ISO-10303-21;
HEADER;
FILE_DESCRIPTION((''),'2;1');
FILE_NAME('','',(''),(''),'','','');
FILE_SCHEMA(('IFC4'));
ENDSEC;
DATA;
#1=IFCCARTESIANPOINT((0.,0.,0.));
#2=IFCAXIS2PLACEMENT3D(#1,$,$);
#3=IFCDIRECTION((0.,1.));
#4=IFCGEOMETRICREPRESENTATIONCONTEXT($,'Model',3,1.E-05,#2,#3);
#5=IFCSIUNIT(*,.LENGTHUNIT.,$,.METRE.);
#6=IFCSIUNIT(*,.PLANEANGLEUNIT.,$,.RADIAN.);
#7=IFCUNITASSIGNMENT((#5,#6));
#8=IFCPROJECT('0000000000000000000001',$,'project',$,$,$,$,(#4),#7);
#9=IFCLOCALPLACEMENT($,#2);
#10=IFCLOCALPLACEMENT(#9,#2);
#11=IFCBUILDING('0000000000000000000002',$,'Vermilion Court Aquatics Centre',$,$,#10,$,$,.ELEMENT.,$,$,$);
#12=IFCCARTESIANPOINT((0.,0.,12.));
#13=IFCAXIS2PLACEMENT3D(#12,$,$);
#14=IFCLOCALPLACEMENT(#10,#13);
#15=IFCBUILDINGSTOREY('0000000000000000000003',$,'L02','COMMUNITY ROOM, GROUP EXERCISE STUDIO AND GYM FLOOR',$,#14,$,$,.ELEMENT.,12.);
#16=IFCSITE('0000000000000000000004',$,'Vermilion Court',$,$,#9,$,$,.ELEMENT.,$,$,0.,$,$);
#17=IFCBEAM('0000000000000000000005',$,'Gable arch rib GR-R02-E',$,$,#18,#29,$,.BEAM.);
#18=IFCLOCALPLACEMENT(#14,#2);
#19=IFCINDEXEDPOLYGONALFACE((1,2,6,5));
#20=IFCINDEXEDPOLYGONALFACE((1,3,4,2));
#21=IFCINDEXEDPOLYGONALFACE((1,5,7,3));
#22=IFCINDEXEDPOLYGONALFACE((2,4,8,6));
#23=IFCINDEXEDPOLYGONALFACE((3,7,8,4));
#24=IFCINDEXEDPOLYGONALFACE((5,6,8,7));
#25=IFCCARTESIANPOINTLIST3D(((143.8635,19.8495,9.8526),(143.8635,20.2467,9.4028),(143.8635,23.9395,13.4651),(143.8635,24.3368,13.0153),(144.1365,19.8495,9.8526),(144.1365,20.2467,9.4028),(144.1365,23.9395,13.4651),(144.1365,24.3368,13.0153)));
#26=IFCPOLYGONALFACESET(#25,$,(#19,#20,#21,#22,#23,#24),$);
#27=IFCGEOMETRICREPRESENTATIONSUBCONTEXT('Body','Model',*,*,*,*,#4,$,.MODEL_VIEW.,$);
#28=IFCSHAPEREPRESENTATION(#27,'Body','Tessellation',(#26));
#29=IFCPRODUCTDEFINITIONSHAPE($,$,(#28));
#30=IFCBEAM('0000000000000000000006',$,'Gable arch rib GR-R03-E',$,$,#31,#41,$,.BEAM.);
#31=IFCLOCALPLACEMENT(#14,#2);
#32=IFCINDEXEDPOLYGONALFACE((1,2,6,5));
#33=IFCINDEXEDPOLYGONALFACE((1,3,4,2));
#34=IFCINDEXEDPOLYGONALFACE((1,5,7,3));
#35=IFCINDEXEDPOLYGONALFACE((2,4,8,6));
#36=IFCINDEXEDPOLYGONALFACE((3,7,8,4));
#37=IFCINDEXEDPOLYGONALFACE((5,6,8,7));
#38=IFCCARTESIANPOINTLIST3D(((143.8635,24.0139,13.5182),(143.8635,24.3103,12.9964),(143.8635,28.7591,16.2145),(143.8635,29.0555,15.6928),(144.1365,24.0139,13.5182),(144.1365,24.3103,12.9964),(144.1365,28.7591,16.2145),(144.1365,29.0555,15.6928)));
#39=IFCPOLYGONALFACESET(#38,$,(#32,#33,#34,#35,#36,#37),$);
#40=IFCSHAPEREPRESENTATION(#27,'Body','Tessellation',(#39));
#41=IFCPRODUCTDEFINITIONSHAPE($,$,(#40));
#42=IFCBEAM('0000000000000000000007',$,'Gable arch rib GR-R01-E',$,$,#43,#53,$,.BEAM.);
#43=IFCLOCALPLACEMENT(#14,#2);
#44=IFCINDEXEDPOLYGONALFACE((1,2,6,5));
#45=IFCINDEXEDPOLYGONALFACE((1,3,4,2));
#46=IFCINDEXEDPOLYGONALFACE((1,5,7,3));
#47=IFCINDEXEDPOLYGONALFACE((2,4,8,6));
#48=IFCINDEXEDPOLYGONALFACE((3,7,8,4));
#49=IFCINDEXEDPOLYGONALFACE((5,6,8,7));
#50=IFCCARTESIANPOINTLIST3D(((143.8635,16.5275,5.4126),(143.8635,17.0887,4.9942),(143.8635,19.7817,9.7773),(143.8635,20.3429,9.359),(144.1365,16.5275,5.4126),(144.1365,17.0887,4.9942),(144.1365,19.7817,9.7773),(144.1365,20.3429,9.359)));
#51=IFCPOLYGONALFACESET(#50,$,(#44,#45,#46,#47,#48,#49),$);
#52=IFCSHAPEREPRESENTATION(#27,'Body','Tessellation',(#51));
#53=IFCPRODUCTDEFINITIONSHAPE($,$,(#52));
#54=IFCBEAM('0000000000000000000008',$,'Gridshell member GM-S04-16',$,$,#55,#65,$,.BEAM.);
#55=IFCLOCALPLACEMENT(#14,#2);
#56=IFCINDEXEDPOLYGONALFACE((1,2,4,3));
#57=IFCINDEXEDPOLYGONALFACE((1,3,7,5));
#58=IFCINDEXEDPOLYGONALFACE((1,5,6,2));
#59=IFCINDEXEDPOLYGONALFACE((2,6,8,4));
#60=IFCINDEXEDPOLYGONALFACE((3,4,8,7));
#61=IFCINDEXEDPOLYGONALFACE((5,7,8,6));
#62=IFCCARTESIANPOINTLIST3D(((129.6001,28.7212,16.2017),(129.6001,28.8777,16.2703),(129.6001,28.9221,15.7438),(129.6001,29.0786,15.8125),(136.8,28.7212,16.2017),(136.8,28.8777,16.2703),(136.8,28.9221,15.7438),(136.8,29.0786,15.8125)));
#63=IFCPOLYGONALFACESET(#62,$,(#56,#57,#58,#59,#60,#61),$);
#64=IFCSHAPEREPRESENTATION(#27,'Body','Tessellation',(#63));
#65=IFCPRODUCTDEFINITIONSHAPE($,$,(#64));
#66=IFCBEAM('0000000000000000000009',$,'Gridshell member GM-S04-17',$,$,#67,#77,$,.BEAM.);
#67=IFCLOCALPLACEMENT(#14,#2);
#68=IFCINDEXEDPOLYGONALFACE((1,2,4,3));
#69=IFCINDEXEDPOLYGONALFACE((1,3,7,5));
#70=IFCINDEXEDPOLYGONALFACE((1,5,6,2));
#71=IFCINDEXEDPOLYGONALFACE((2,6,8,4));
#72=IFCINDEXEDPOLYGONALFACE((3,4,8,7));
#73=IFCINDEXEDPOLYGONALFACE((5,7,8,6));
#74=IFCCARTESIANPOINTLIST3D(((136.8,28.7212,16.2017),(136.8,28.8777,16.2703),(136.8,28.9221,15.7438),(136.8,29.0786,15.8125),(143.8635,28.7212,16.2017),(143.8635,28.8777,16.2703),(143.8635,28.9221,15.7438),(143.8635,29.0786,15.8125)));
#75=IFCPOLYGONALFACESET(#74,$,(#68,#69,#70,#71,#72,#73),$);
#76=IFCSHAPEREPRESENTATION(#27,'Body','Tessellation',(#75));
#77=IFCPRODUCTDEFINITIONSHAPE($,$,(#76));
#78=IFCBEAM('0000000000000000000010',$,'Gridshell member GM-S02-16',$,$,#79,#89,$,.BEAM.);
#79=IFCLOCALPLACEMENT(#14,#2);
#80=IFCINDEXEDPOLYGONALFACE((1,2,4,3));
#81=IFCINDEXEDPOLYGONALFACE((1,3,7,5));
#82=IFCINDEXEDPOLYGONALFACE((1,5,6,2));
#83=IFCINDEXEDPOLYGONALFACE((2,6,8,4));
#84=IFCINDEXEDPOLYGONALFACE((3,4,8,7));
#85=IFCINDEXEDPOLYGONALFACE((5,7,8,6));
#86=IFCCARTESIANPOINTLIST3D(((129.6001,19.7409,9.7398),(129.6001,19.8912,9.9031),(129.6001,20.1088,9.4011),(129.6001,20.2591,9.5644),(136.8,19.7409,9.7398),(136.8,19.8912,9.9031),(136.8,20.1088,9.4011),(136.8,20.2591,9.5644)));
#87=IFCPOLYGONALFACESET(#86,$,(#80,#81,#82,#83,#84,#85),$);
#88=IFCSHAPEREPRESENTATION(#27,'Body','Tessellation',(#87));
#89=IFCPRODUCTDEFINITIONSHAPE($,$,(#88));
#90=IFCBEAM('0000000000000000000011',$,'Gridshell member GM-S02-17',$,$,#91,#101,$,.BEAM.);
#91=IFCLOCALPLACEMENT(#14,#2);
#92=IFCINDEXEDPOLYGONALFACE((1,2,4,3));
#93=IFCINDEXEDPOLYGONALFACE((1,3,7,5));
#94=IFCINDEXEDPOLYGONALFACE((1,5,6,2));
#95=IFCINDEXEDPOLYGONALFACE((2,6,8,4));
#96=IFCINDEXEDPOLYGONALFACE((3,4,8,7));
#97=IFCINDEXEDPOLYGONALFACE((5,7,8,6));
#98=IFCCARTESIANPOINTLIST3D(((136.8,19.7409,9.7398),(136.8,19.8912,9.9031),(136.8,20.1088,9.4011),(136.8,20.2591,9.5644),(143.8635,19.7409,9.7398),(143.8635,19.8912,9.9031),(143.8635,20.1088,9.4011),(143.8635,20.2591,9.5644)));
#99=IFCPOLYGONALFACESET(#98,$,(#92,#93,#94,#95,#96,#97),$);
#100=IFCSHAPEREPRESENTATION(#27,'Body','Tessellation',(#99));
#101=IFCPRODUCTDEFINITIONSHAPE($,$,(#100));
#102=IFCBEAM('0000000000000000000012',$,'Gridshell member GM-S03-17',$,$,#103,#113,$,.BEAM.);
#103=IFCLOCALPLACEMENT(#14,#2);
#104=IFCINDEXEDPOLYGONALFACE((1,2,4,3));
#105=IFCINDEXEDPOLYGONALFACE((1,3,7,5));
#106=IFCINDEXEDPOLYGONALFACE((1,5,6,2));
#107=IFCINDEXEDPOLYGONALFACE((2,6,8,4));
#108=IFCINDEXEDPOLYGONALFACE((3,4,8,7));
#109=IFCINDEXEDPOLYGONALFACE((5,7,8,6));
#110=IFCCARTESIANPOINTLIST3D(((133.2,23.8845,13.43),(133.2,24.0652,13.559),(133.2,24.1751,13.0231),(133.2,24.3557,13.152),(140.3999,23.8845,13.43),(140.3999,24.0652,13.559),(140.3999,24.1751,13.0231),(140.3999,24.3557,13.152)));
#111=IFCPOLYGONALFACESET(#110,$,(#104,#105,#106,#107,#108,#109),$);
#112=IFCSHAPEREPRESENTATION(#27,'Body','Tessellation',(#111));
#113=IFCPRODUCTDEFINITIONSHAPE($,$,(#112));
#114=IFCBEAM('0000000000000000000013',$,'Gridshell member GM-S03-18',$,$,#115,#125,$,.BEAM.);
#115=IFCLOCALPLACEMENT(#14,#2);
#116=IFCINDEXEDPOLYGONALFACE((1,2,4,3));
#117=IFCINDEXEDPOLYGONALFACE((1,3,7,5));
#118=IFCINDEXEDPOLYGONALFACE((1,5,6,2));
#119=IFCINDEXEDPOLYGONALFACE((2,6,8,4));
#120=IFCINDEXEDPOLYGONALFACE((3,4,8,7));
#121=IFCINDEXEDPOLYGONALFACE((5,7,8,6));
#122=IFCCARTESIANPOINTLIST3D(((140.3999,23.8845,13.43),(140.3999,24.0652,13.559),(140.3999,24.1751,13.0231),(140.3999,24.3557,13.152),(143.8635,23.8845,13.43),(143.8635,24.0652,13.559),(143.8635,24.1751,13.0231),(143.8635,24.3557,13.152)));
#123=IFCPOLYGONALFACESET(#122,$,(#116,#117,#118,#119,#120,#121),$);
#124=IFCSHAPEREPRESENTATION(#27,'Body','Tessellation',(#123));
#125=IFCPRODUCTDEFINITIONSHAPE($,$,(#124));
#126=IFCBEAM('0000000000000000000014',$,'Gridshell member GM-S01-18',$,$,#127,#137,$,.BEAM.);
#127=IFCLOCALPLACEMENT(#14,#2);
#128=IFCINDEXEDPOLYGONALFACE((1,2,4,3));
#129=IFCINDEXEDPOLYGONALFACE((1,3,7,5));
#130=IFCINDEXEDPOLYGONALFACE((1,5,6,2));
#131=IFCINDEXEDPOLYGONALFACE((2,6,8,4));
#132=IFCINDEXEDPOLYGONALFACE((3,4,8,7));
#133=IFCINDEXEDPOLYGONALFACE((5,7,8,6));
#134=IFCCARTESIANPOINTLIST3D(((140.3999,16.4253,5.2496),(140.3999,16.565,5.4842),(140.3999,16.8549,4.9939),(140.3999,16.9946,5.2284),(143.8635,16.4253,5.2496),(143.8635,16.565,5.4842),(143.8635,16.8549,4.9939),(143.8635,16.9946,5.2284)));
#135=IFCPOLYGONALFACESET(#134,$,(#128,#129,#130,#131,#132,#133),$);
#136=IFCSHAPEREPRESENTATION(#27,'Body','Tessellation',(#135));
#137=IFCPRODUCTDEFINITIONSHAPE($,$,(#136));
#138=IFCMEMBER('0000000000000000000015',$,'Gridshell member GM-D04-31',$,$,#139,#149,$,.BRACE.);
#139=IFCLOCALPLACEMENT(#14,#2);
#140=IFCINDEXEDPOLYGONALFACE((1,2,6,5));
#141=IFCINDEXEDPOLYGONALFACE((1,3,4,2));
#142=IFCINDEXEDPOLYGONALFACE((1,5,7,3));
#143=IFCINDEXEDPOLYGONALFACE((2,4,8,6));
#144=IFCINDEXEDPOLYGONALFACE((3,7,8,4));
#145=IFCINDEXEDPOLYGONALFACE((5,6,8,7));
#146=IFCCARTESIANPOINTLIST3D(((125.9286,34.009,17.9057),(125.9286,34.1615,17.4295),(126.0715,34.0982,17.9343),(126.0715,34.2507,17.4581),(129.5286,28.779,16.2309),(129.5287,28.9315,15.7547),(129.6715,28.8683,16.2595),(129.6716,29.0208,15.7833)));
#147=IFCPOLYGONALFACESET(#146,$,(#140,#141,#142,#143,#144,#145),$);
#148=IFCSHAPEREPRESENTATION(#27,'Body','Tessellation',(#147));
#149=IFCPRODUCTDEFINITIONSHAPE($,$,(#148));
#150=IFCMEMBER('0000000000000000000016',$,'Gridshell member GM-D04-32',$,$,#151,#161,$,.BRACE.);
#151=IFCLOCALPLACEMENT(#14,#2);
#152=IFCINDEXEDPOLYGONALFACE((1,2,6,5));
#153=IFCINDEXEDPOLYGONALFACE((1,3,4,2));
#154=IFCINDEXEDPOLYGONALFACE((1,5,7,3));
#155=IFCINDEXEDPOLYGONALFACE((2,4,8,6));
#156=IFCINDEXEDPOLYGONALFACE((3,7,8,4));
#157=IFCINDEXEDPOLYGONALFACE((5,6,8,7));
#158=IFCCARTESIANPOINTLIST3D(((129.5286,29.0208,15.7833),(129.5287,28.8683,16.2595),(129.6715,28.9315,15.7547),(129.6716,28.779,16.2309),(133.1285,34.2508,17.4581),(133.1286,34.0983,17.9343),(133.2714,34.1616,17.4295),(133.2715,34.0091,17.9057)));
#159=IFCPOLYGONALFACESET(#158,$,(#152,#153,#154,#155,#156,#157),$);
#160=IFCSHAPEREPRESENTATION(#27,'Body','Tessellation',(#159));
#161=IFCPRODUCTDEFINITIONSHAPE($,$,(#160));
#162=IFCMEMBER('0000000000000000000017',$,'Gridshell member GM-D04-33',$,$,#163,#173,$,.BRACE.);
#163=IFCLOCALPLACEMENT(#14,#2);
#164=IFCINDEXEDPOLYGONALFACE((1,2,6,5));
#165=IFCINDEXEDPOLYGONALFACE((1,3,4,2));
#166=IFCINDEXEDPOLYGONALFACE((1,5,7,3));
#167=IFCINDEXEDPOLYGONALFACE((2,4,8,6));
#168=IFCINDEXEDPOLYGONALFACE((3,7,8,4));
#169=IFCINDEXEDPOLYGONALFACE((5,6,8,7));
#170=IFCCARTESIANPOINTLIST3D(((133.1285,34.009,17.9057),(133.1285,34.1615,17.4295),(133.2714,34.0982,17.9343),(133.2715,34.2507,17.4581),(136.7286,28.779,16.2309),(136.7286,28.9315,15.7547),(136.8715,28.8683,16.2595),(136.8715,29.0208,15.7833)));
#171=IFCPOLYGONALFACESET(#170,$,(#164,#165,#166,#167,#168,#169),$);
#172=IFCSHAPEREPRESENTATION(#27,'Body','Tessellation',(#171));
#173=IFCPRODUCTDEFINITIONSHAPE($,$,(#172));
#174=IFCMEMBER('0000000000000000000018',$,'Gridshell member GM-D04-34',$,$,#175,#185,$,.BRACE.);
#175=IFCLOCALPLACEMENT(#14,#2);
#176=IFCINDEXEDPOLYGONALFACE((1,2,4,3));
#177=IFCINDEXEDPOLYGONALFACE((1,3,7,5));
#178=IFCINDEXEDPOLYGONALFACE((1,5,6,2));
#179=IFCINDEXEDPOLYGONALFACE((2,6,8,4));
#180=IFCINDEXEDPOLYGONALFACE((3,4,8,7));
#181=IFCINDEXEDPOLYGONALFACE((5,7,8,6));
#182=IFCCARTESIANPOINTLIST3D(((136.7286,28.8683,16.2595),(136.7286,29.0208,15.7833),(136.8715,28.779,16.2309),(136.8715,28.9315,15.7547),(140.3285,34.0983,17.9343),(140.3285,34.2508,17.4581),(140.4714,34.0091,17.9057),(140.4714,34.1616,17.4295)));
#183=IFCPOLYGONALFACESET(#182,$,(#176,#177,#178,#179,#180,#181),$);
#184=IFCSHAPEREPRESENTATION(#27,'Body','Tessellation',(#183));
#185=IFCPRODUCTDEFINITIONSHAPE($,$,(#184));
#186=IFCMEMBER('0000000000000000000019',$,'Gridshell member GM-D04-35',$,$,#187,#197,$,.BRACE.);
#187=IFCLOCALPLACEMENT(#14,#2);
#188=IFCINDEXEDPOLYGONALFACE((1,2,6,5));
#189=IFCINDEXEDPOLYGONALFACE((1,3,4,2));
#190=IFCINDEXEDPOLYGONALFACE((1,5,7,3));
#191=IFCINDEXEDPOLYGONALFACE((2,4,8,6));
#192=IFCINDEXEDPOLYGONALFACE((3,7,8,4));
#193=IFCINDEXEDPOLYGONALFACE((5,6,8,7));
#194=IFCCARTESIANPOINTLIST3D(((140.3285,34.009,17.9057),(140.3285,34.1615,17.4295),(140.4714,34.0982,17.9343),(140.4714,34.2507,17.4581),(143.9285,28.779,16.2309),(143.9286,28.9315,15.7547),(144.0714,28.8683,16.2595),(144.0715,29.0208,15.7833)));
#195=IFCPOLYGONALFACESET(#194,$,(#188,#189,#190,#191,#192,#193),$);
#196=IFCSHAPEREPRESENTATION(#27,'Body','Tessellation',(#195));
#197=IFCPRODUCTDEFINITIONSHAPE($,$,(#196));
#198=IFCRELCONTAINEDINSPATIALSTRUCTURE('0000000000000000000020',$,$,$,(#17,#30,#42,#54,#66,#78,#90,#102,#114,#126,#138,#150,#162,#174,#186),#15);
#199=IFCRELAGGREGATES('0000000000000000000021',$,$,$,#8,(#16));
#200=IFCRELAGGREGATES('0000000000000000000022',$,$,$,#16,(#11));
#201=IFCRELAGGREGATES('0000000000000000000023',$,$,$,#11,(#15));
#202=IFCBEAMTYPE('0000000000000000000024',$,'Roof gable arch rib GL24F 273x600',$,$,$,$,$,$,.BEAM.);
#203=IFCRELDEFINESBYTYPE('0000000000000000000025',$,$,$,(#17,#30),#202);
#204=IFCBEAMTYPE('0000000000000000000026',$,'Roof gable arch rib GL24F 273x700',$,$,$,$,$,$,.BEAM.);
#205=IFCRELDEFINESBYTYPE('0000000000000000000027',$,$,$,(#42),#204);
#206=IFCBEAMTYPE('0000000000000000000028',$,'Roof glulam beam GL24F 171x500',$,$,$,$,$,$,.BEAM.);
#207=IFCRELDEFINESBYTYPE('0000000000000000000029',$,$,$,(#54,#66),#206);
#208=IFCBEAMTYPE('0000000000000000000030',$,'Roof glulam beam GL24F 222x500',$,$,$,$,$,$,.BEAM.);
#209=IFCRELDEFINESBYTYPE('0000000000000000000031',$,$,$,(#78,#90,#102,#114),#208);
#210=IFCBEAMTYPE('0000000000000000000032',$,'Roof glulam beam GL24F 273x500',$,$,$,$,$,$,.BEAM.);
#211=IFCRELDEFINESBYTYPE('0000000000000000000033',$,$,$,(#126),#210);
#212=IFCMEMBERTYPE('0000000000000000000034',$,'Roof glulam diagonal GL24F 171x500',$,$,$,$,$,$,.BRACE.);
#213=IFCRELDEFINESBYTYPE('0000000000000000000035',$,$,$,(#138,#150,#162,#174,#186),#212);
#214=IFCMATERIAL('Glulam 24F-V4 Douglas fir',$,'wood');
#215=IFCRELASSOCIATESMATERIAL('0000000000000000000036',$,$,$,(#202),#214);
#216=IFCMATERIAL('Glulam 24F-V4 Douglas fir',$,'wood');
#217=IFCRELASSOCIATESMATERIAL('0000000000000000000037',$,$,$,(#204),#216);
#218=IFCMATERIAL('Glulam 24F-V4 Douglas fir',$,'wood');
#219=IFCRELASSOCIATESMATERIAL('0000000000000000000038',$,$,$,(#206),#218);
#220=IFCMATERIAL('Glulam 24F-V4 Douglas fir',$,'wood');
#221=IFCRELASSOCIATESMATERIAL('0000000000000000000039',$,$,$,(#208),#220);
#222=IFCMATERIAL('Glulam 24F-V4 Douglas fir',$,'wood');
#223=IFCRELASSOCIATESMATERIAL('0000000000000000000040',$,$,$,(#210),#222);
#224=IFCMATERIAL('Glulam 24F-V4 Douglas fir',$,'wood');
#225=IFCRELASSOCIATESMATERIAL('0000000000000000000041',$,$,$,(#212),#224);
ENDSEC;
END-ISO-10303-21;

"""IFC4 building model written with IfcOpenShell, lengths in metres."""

from ifc_helpers import new_model, si_unit, direction, frame, origin, origin_2d, place, context, subcontext, project, spatial, rectangle, extrude, material, material_profile, profile_set, type_object, element, save


model = new_model("IFC4")

# Units and contexts
model_context = context("Model", 3, precision=1e-05, world=origin(), true_north=direction((0.0, 1.0)))
body_context = subcontext(model_context, "Body", "Model", "MODEL_VIEW")
ifc_project = project(units=[si_unit("LENGTHUNIT", "METRE"), si_unit("PLANEANGLEUNIT", "RADIAN")], contexts=[model_context])

# Site, building, storey
site_placement = place(None, origin())
site = spatial("IfcSite", under=ifc_project, at=site_placement, Name="Vermilion Court", CompositionType="ELEMENT", RefElevation=0.0)
building_placement = place(site_placement, origin())
building = spatial("IfcBuilding", under=site, at=building_placement, Name="Vermilion Court Aquatics Centre", CompositionType="ELEMENT")
storey_placement = place(building_placement, frame((0.0, 0.0, 12.0)))
storey = spatial("IfcBuildingStorey", under=building, at=storey_placement, Name="L02", Description="COMMUNITY ROOM, GROUP EXERCISE STUDIO AND GYM FLOOR", CompositionType="ELEMENT", Elevation=12.0)

# Beams
ifc_material_1 = material(Name="Glulam 24F-V4 Douglas fir", Category="wood")
ifc_material_profile_1 = material_profile(ifc_material_1, rectangle(XDim=0.2729, YDim=0.6001, at=origin_2d()), Name="GL24F 273x600")
ifc_profile_set_1 = profile_set([ifc_material_profile_1], Name="Glulam 24F-V4 Douglas fir")
beam_type_1 = type_object("IfcBeamType", Name="Roof gable arch rib GL24F 273x600", PredefinedType="BEAM", material=ifc_profile_set_1)
beam_1_placement = place(storey_placement, frame((144.0, 20.0481, 9.6277), z_axis=(0.0, 0.749506, 0.661997), x_axis=(-1.0, 0.0, 0.0)))
element("IfcBeam", 1, at=beam_1_placement, inside=storey, type_object=beam_type_1, Name="Gable arch rib GR-R02-E", PredefinedType="BEAM", context=body_context, shape_type="SweptSolid", body=[
    extrude(rectangle(XDim=0.2729, YDim=0.6001, at=origin_2d()), origin(), (0.0, 0.0, 1.0), 5.457),
])
beam_2_placement = place(storey_placement, frame((144.0, 24.1621, 13.2573), z_axis=(0.0, 0.869441, 0.494037), x_axis=(-1.0, 0.0, 0.0)))
element("IfcBeam", 2, at=beam_2_placement, inside=storey, type_object=beam_type_1, Name="Gable arch rib GR-R03-E", PredefinedType="BEAM", context=body_context, shape_type="SweptSolid", body=[
    extrude(rectangle(XDim=0.2729, YDim=0.6001, at=origin_2d()), origin(), (0.0, 0.0, 1.0), 5.4578),
])
ifc_material_2 = material(Name="Glulam 24F-V4 Douglas fir", Category="wood")
ifc_material_profile_2 = material_profile(ifc_material_2, rectangle(XDim=0.2729, YDim=0.7, at=origin_2d()), Name="GL24F 273x700")
ifc_profile_set_2 = profile_set([ifc_material_profile_2], Name="Glulam 24F-V4 Douglas fir")
beam_type_2 = type_object("IfcBeamType", Name="Roof gable arch rib GL24F 273x700", PredefinedType="BEAM", material=ifc_profile_set_2)
beam_3_placement = place(storey_placement, frame((144.0, 16.8081, 5.2034), z_axis=(0.0, 0.597716, 0.801708), x_axis=(-1.0, 0.0, 0.0)))
element("IfcBeam", 3, at=beam_3_placement, inside=storey, type_object=beam_type_2, Name="Gable arch rib GR-R01-E", PredefinedType="BEAM", context=body_context, shape_type="SweptSolid", body=[
    extrude(rectangle(XDim=0.2729, YDim=0.7, at=origin_2d()), origin(), (0.0, 0.0, 1.0), 5.4443),
])
ifc_material_3 = material(Name="Glulam 24F-V4 Douglas fir", Category="wood")
ifc_material_profile_3 = material_profile(ifc_material_3, rectangle(XDim=0.1709, YDim=0.5, at=origin_2d()), Name="GL24F 171x500")
ifc_profile_set_3 = profile_set([ifc_material_profile_3], Name="Glulam 24F-V4 Douglas fir")
beam_type_3 = type_object("IfcBeamType", Name="Roof glulam beam GL24F 171x500", PredefinedType="BEAM", material=ifc_profile_set_3)
beam_4_placement = place(storey_placement, frame((129.6001, 28.8999, 16.0071), z_axis=(1.0, 0.0, 0.0), x_axis=(0.0, 0.915794, 0.401648)))
element("IfcBeam", 4, at=beam_4_placement, inside=storey, type_object=beam_type_3, Name="Gridshell member GM-S04-16", PredefinedType="BEAM", context=body_context, shape_type="SweptSolid", body=[
    extrude(rectangle(XDim=0.1709, YDim=0.5, at=origin_2d()), origin(), (0.0, 0.0, 1.0), 7.2),
])
beam_5_placement = place(storey_placement, frame((136.8, 28.8999, 16.0071), z_axis=(1.0, 0.0, 0.0), x_axis=(0.0, 0.915794, 0.401648)))
element("IfcBeam", 5, at=beam_5_placement, inside=storey, type_object=beam_type_3, Name="Gridshell member GM-S04-17", PredefinedType="BEAM", context=body_context, shape_type="SweptSolid", body=[
    extrude(rectangle(XDim=0.1709, YDim=0.5, at=origin_2d()), origin(), (0.0, 0.0, 1.0), 7.0635),
])
ifc_material_4 = material(Name="Glulam 24F-V4 Douglas fir", Category="wood")
ifc_material_profile_4 = material_profile(ifc_material_4, rectangle(XDim=0.2219, YDim=0.5, at=origin_2d()), Name="GL24F 222x500")
ifc_profile_set_4 = profile_set([ifc_material_profile_4], Name="Glulam 24F-V4 Douglas fir")
beam_type_4 = type_object("IfcBeamType", Name="Roof glulam beam GL24F 222x500", PredefinedType="BEAM", material=ifc_profile_set_4)
beam_6_placement = place(storey_placement, frame((129.6001, 20.0, 9.6521), z_axis=(1.0, 0.0, 0.0), x_axis=(0.0, 0.67726, 0.735744)))
element("IfcBeam", 6, at=beam_6_placement, inside=storey, type_object=beam_type_4, Name="Gridshell member GM-S02-16", PredefinedType="BEAM", context=body_context, shape_type="SweptSolid", body=[
    extrude(rectangle(XDim=0.2219, YDim=0.5, at=origin_2d()), origin(), (0.0, 0.0, 1.0), 7.2),
])
beam_7_placement = place(storey_placement, frame((136.8, 20.0, 9.6521), z_axis=(1.0, 0.0, 0.0), x_axis=(0.0, 0.67726, 0.735744)))
element("IfcBeam", 7, at=beam_7_placement, inside=storey, type_object=beam_type_4, Name="Gridshell member GM-S02-17", PredefinedType="BEAM", context=body_context, shape_type="SweptSolid", body=[
    extrude(rectangle(XDim=0.2219, YDim=0.5, at=origin_2d()), origin(), (0.0, 0.0, 1.0), 7.0635),
])
beam_8_placement = place(storey_placement, frame((133.2, 24.1201, 13.291), z_axis=(1.0, 0.0, 0.0), x_axis=(0.0, 0.813848, 0.581078)))
element("IfcBeam", 8, at=beam_8_placement, inside=storey, type_object=beam_type_4, Name="Gridshell member GM-S03-17", PredefinedType="BEAM", context=body_context, shape_type="SweptSolid", body=[
    extrude(rectangle(XDim=0.2219, YDim=0.5, at=origin_2d()), origin(), (0.0, 0.0, 1.0), 7.2),
])
beam_9_placement = place(storey_placement, frame((140.3999, 24.1201, 13.291), z_axis=(1.0, 0.0, 0.0), x_axis=(0.0, 0.813848, 0.581078)))
element("IfcBeam", 9, at=beam_9_placement, inside=storey, type_object=beam_type_4, Name="Gridshell member GM-S03-18", PredefinedType="BEAM", context=body_context, shape_type="SweptSolid", body=[
    extrude(rectangle(XDim=0.2219, YDim=0.5, at=origin_2d()), origin(), (0.0, 0.0, 1.0), 3.4636),
])
ifc_material_5 = material(Name="Glulam 24F-V4 Douglas fir", Category="wood")
ifc_material_profile_5 = material_profile(ifc_material_5, rectangle(XDim=0.2729, YDim=0.5, at=origin_2d()), Name="GL24F 273x500")
ifc_profile_set_5 = profile_set([ifc_material_profile_5], Name="Glulam 24F-V4 Douglas fir")
beam_type_5 = type_object("IfcBeamType", Name="Roof glulam beam GL24F 273x500", PredefinedType="BEAM", material=ifc_profile_set_5)
beam_10_placement = place(storey_placement, frame((140.3999, 16.71, 5.239), z_axis=(1.0, 0.0, 0.0), x_axis=(0.0, 0.511595, 0.859227)))
element("IfcBeam", 10, at=beam_10_placement, inside=storey, type_object=beam_type_5, Name="Gridshell member GM-S01-18", PredefinedType="BEAM", context=body_context, shape_type="SweptSolid", body=[
    extrude(rectangle(XDim=0.2729, YDim=0.5, at=origin_2d()), origin(), (0.0, 0.0, 1.0), 3.4636),
])

# Members
ifc_material_6 = material(Name="Glulam 24F-V4 Douglas fir", Category="wood")
ifc_material_profile_6 = material_profile(ifc_material_6, rectangle(XDim=0.1709, YDim=0.5, at=origin_2d()), Name="GL24F 171x500")
ifc_profile_set_6 = profile_set([ifc_material_profile_6], Name="Glulam 24F-V4 Douglas fir")
member_type_1 = type_object("IfcMemberType", Name="Roof glulam diagonal GL24F 171x500", PredefinedType="BRACE", material=ifc_profile_set_6)
for number, where, z_axis, x_axis, name in (
    (11, (129.6001, 28.8999, 16.0071), (-0.548256, 0.796469, 0.255055), (-0.836311, -0.522113, -0.167278), "Gridshell member GM-D04-31"),
    (12, (129.6001, 28.8999, 16.0071), (0.54823, 0.796485, 0.25506), (-0.836328, 0.522086, 0.167278), "Gridshell member GM-D04-32"),
    (13, (136.8, 28.8999, 16.0071), (-0.548256, 0.796469, 0.255055), (-0.836311, -0.522113, -0.167278), "Gridshell member GM-D04-33"),
    (14, (136.8, 28.8999, 16.0071), (0.54823, 0.796485, 0.25506), (-0.836328, 0.522086, 0.167278), "Gridshell member GM-D04-34"),
    (15, (144.0, 28.8999, 16.0071), (-0.548256, 0.796469, 0.255055), (-0.836311, -0.522113, -0.167278), "Gridshell member GM-D04-35"),
):
    element("IfcMember", number, at=place(storey_placement, frame(where, z_axis=z_axis, x_axis=x_axis)), inside=storey, type_object=member_type_1, Name=name, PredefinedType="BRACE", context=body_context, shape_type="SweptSolid", body=[
        extrude(rectangle(XDim=0.1709, YDim=0.5, at=origin_2d()), origin(), (0.0, 0.0, 1.0), 6.5664),
    ])

save(model, "model.ifc")
